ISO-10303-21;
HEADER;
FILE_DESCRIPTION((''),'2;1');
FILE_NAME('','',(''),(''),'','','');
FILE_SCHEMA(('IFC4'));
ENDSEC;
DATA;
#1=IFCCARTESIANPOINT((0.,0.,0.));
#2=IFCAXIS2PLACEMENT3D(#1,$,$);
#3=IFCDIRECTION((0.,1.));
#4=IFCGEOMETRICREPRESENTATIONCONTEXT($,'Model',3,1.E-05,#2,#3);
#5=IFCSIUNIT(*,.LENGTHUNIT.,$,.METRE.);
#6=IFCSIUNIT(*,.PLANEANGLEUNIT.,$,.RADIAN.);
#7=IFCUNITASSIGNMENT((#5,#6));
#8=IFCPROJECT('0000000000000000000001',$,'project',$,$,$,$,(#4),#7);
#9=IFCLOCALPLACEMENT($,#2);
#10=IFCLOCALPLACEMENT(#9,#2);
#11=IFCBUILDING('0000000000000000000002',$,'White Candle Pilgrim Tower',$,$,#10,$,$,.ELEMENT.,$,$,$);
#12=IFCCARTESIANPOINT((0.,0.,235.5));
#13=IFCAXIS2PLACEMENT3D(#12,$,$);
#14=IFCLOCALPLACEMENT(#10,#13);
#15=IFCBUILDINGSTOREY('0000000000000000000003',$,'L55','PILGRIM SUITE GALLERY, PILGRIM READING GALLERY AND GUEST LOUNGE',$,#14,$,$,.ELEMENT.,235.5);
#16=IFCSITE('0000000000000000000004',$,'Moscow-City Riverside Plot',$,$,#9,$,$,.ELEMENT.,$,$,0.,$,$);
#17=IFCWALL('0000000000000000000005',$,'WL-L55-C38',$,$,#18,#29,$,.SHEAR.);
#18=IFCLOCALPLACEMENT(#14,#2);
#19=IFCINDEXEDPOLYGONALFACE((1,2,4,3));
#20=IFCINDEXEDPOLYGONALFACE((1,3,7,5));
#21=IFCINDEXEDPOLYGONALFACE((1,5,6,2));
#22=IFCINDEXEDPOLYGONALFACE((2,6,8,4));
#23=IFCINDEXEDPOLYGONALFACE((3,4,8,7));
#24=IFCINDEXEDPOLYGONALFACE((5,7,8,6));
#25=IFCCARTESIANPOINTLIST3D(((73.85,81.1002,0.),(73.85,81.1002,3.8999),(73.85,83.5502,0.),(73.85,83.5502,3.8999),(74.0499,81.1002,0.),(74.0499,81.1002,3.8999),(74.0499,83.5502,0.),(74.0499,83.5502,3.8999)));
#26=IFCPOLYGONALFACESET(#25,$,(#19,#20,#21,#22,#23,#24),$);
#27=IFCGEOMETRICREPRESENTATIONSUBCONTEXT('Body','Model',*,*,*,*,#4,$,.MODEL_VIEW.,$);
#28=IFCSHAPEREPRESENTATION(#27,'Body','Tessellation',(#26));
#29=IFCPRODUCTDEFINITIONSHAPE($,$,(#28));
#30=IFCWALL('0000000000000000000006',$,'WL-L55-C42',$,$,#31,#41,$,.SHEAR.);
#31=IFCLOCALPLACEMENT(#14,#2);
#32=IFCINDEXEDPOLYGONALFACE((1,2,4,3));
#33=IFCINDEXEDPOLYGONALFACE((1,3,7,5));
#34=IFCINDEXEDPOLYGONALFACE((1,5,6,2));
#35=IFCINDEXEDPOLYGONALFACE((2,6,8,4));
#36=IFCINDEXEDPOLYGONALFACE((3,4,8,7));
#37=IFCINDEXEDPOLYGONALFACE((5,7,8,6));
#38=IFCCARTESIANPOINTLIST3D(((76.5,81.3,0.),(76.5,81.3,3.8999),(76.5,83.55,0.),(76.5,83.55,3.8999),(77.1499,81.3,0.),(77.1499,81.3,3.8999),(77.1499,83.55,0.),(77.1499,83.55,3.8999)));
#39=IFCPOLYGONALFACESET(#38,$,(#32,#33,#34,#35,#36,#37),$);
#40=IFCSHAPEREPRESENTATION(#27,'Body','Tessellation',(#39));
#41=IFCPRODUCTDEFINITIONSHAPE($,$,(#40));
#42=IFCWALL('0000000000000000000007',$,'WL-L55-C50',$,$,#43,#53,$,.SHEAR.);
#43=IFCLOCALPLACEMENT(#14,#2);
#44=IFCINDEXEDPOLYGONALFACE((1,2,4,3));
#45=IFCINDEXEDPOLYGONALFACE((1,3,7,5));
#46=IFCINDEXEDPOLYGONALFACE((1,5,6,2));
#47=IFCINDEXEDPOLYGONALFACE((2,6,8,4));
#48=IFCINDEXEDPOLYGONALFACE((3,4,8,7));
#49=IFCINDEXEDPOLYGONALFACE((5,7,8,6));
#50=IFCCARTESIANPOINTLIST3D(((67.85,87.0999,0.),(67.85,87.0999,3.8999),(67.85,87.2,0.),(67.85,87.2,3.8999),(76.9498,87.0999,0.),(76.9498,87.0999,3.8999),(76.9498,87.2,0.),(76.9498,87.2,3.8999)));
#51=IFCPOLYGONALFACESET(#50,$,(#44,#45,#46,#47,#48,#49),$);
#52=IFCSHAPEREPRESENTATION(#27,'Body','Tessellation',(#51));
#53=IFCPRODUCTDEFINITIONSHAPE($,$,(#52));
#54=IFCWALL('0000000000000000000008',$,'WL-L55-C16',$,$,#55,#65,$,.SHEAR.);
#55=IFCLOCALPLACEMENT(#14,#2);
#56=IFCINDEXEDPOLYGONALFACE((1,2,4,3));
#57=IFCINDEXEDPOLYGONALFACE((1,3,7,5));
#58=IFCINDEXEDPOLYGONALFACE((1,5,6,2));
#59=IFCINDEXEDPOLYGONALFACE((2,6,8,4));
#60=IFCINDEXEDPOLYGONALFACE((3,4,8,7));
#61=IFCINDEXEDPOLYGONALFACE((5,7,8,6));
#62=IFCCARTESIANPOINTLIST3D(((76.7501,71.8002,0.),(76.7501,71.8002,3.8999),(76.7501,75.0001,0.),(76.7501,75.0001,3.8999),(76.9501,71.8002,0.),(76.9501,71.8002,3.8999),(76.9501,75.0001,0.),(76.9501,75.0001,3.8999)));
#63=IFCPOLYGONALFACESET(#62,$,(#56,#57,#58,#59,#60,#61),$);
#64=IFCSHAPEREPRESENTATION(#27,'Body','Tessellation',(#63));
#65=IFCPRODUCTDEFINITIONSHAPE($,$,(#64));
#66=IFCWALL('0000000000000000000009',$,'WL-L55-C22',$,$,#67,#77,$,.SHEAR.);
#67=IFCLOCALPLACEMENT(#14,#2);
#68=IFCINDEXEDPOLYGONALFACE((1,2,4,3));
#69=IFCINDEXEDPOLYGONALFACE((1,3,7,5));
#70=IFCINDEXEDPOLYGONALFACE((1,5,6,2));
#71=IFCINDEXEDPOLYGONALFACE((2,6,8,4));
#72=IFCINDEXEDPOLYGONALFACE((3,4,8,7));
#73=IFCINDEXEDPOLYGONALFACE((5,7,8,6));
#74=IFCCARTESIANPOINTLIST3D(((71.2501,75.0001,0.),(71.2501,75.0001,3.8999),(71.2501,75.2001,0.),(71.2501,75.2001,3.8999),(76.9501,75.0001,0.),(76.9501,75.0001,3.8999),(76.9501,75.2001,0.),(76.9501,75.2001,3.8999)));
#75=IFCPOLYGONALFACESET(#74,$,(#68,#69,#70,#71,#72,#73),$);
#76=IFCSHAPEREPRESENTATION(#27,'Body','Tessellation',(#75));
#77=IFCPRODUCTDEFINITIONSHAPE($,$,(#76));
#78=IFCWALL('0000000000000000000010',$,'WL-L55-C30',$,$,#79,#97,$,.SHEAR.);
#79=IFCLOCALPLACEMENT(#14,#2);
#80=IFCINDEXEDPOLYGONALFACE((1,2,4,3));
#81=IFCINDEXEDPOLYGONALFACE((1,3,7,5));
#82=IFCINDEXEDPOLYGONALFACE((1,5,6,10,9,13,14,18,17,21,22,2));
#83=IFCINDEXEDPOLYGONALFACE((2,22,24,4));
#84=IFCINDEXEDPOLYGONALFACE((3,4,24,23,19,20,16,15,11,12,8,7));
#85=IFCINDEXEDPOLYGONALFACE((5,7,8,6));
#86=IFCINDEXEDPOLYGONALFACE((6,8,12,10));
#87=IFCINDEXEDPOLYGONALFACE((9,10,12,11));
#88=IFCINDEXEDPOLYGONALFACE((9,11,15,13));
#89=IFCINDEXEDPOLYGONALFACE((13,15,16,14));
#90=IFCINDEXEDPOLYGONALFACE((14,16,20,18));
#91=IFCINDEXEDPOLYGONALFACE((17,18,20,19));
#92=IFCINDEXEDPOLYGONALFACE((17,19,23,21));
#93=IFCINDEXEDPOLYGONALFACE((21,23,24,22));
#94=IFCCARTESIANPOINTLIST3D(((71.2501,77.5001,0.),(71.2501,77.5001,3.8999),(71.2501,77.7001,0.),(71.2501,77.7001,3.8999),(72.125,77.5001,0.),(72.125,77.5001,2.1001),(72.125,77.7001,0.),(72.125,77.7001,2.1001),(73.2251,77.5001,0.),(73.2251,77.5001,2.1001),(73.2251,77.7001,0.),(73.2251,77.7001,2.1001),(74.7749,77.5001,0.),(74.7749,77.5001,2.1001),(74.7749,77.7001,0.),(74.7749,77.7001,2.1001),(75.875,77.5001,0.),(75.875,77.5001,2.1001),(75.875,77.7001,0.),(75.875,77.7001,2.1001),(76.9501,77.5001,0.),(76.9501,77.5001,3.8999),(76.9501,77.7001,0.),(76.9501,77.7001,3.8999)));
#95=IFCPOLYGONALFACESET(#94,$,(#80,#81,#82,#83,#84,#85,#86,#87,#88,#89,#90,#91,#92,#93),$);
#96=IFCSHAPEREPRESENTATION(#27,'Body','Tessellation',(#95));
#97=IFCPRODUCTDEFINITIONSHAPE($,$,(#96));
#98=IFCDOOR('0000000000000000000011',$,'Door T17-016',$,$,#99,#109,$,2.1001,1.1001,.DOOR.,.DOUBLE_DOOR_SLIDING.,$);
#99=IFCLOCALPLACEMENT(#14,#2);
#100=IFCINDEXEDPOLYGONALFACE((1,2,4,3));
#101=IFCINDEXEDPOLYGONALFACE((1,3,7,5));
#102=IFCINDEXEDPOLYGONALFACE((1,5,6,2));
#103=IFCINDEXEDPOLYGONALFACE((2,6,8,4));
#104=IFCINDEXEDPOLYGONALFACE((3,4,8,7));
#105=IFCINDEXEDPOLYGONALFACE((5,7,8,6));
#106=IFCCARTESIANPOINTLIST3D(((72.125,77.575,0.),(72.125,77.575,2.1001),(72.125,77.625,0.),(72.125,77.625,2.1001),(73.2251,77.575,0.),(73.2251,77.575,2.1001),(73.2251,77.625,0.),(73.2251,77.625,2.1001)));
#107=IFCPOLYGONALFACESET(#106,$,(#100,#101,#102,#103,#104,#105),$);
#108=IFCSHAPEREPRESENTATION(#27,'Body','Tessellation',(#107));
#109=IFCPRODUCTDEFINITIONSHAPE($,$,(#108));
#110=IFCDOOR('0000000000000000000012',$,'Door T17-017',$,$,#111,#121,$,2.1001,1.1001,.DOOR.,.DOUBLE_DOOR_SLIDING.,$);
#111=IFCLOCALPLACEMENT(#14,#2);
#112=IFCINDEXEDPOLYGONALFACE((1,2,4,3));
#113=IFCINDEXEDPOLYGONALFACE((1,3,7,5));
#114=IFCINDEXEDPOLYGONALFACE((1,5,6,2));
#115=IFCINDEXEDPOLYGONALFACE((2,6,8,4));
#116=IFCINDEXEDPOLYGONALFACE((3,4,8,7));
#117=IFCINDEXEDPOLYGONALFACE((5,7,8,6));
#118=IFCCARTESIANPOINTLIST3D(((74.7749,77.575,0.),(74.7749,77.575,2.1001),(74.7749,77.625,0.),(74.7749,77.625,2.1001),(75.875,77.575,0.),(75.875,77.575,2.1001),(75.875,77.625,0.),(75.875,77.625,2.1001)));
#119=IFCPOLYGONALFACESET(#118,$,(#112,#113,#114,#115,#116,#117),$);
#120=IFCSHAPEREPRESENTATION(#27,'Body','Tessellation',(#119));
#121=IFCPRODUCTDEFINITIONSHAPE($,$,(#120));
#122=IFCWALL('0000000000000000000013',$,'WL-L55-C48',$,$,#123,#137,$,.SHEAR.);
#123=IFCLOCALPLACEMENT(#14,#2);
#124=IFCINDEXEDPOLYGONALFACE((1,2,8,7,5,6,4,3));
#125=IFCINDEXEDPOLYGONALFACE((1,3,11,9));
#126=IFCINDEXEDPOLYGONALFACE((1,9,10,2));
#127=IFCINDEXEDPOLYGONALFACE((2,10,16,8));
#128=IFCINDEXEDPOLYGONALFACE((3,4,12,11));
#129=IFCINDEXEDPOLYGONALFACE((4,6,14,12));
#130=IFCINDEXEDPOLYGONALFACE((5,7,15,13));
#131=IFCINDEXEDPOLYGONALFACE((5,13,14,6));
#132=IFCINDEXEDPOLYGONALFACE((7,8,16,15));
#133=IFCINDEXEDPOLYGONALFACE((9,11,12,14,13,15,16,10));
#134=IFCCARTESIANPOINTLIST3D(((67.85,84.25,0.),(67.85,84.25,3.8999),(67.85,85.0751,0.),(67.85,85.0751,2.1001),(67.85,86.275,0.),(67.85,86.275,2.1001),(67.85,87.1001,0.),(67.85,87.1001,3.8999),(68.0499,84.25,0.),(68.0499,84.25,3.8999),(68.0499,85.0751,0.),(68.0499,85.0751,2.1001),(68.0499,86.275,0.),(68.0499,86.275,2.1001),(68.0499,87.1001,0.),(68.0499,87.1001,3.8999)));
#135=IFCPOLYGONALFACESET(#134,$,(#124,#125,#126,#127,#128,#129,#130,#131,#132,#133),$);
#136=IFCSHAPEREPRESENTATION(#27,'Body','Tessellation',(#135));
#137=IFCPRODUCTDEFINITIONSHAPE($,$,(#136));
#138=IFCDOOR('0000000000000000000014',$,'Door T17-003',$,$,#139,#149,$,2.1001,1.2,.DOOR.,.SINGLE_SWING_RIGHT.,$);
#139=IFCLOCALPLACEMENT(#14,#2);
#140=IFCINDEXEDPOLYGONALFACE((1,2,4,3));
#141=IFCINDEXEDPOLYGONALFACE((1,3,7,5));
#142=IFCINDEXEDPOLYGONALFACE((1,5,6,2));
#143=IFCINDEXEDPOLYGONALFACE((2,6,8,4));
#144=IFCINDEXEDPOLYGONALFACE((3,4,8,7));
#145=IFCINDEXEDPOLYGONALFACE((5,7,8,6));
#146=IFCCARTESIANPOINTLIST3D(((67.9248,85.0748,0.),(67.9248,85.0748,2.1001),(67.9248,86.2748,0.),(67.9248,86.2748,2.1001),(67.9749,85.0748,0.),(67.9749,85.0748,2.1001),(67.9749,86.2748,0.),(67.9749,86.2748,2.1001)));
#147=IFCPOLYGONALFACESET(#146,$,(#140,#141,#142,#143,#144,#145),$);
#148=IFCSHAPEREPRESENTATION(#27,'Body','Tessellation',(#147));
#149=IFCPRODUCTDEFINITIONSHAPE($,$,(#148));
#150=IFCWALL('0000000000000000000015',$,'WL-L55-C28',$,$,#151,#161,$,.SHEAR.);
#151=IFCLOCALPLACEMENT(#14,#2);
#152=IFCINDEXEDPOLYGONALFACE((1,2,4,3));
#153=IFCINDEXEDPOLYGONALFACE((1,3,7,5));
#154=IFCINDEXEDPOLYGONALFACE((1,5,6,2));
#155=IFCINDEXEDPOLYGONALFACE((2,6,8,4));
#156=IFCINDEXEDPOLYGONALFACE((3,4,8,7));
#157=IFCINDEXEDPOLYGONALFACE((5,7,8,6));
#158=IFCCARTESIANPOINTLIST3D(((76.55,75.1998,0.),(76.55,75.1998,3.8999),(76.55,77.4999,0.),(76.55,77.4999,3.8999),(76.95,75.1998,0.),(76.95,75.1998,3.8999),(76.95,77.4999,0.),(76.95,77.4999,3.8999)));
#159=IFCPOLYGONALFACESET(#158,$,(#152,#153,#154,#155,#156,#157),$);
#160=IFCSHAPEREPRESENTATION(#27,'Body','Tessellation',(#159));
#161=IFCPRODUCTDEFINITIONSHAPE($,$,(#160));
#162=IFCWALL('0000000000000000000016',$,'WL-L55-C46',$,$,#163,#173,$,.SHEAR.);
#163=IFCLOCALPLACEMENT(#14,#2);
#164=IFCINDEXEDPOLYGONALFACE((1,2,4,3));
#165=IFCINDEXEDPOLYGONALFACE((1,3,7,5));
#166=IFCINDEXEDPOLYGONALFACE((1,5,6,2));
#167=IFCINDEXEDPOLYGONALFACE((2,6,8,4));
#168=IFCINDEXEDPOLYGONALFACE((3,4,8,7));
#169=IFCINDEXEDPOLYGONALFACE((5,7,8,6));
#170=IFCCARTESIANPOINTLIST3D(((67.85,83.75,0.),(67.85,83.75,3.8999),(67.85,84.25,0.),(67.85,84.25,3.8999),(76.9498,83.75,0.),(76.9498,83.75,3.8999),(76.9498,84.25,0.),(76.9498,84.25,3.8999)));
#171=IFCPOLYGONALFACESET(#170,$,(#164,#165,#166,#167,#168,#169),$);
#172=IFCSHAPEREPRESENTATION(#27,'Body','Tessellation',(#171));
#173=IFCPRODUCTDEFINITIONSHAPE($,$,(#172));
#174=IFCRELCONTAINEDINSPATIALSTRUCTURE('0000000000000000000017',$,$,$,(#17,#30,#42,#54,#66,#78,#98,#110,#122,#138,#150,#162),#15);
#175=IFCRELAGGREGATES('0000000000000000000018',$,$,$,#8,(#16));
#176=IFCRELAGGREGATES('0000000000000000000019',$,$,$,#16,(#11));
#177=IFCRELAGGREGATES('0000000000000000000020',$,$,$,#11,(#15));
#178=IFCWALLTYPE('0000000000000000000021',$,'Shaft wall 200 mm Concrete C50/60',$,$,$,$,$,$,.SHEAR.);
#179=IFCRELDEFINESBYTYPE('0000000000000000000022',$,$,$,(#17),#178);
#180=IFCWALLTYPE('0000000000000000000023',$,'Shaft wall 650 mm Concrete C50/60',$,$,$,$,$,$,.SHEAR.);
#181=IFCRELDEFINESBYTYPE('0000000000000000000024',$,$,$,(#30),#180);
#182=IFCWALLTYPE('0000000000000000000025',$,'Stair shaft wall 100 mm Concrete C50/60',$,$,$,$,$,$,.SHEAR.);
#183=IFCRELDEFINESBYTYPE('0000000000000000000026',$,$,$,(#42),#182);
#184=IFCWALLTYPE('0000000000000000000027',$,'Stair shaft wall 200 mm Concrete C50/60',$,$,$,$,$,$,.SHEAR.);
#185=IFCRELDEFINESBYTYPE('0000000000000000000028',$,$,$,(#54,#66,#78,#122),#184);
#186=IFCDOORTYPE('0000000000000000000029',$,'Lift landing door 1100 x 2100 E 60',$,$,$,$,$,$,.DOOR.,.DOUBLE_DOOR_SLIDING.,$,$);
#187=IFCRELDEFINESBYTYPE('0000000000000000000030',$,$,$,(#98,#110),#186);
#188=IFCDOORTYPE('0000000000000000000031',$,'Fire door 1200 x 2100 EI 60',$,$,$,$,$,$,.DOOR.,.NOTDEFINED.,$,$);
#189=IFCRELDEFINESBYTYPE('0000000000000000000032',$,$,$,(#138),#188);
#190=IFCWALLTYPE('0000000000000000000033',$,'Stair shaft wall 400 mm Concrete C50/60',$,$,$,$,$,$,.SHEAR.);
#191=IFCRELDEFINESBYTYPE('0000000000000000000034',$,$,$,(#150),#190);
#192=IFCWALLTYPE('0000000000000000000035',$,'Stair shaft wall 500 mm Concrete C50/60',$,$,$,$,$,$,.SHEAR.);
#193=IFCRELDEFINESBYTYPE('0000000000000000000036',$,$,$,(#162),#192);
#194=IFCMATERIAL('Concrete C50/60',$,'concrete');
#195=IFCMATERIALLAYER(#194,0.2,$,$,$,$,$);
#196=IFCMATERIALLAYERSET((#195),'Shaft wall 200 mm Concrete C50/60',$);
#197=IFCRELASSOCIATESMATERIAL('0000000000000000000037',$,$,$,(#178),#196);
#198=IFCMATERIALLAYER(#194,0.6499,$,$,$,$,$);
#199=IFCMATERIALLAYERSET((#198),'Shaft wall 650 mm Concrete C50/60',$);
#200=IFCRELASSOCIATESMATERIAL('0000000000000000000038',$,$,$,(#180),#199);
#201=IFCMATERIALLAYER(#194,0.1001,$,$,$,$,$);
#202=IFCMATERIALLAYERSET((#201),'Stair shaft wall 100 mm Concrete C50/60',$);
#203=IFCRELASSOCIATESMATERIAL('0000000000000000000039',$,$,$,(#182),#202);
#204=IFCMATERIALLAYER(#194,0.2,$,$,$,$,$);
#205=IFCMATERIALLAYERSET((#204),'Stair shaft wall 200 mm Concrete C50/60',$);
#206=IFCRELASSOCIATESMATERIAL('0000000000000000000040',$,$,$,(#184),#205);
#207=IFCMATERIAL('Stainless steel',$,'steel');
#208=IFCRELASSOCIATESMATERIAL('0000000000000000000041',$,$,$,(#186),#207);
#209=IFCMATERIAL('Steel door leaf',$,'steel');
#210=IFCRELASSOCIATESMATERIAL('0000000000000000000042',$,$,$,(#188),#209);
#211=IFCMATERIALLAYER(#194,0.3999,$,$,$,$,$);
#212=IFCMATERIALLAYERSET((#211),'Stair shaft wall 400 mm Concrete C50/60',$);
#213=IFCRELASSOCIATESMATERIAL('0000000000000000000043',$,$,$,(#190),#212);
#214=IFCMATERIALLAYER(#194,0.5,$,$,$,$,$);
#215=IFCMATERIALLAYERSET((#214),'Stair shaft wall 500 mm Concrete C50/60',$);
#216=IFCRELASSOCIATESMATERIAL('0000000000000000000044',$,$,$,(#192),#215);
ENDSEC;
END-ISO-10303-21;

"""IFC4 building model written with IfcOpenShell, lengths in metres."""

from ifc_helpers import new_model, si_unit, direction, frame, frame_2d, origin, place, context, subcontext, project, spatial, rectangle, extrude, material, layer, layer_set, type_object, element, fill, save


model = new_model("IFC4")

# Units and contexts
model_context = context("Model", 3, precision=1e-05, world=origin(), true_north=direction((0.0, 1.0)))
body_context = subcontext(model_context, "Body", "Model", "MODEL_VIEW")
ifc_project = project(units=[si_unit("LENGTHUNIT", "METRE"), si_unit("PLANEANGLEUNIT", "RADIAN")], contexts=[model_context])

# Site, building, storey
site_placement = place(None, origin())
site = spatial("IfcSite", under=ifc_project, at=site_placement, Name="Moscow-City Riverside Plot", CompositionType="ELEMENT", RefElevation=0.0)
building_placement = place(site_placement, origin())
building = spatial("IfcBuilding", under=site, at=building_placement, Name="White Candle Pilgrim Tower", CompositionType="ELEMENT")
storey_placement = place(building_placement, frame((0.0, 0.0, 235.5)))
storey = spatial("IfcBuildingStorey", under=building, at=storey_placement, Name="L55", Description="PILGRIM SUITE GALLERY, PILGRIM READING GALLERY AND GUEST LOUNGE", CompositionType="ELEMENT", Elevation=235.5)

# Shared definitions
ifc_material_1 = material(Name="Concrete C50/60", Category="concrete")

# Shared definitions
ifc_material_2 = material(Name="Steel door leaf", Category="steel")

# Walls
ifc_layer_1 = layer(ifc_material_1, 0.2)
ifc_layer_set_1 = layer_set([ifc_layer_1], Name="Shaft wall 200 mm Concrete C50/60")
wall_type_1 = type_object("IfcWallType", Name="Shaft wall 200 mm Concrete C50/60", PredefinedType="SHEAR", material=ifc_layer_set_1)
for number, where, z_axis, x_axis, name in (
    (1, (73.95, 81.1001, 0.0), (0.0, 0.0, 1.0), (0.0, 1.0, 0.0), "WL-L55-C38"),
):
    element("IfcWall", number, at=place(storey_placement, frame(where, z_axis=z_axis, x_axis=x_axis)), inside=storey, type_object=wall_type_1, Name=name, PredefinedType="SHEAR", context=body_context, shape_type="SweptSolid", body=[
        extrude(rectangle(XDim=2.45, YDim=0.2, at=frame_2d((1.2251, 0.0))), origin(), (0.0, 0.0, 1.0), 3.8999),
    ])
ifc_layer_2 = layer(ifc_material_1, 0.6499)
ifc_layer_set_2 = layer_set([ifc_layer_2], Name="Shaft wall 650 mm Concrete C50/60")
wall_type_2 = type_object("IfcWallType", Name="Shaft wall 650 mm Concrete C50/60", PredefinedType="SHEAR", material=ifc_layer_set_2)
wall_1_placement = place(storey_placement, frame((76.825, 81.3, 0.0), z_axis=(0.0, 0.0, 1.0), x_axis=(0.0, 1.0, 0.0)))
element("IfcWall", 2, at=wall_1_placement, inside=storey, type_object=wall_type_2, Name="WL-L55-C42", PredefinedType="SHEAR", context=body_context, shape_type="SweptSolid", body=[
    extrude(rectangle(XDim=2.25, YDim=0.6499, at=frame_2d((1.125, 0.0))), origin(), (0.0, 0.0, 1.0), 3.8999),
])
ifc_layer_3 = layer(ifc_material_1, 0.1001)
ifc_layer_set_3 = layer_set([ifc_layer_3], Name="Stair shaft wall 100 mm Concrete C50/60")
wall_type_3 = type_object("IfcWallType", Name="Stair shaft wall 100 mm Concrete C50/60", PredefinedType="SHEAR", material=ifc_layer_set_3)
wall_2_placement = place(storey_placement, frame((67.8501, 87.1499, 0.0), z_axis=(0.0, 0.0, 1.0), x_axis=(1.0, 0.0, 0.0)))
element("IfcWall", 3, at=wall_2_placement, inside=storey, type_object=wall_type_3, Name="WL-L55-C50", PredefinedType="SHEAR", context=body_context, shape_type="SweptSolid", body=[
    extrude(rectangle(XDim=9.0999, YDim=0.1001, at=frame_2d((4.5498, 0.0))), origin(), (0.0, 0.0, 1.0), 3.8999),
])
ifc_layer_4 = layer(ifc_material_1, 0.2)
ifc_layer_set_4 = layer_set([ifc_layer_4], Name="Stair shaft wall 200 mm Concrete C50/60")
wall_type_4 = type_object("IfcWallType", Name="Stair shaft wall 200 mm Concrete C50/60", PredefinedType="SHEAR", material=ifc_layer_set_4)
wall_3_placement = place(storey_placement, frame((76.8501, 71.8, 0.0), z_axis=(0.0, 0.0, 1.0), x_axis=(0.0, 1.0, 0.0)))
element("IfcWall", 4, at=wall_3_placement, inside=storey, type_object=wall_type_4, Name="WL-L55-C16", PredefinedType="SHEAR", context=body_context, shape_type="SweptSolid", body=[
    extrude(rectangle(XDim=3.2, YDim=0.2, at=frame_2d((1.6001, 0.0))), origin(), (0.0, 0.0, 1.0), 3.8999),
])
wall_4_placement = place(storey_placement, frame((71.25, 75.1001, 0.0), z_axis=(0.0, 0.0, 1.0), x_axis=(1.0, 0.0, 0.0)))
element("IfcWall", 5, at=wall_4_placement, inside=storey, type_object=wall_type_4, Name="WL-L55-C22", PredefinedType="SHEAR", context=body_context, shape_type="SweptSolid", body=[
    extrude(rectangle(XDim=5.7, YDim=0.2, at=frame_2d((2.8501, 0.0))), origin(), (0.0, 0.0, 1.0), 3.8999),
])

# Wall, openings, doors
wall_5_placement = place(storey_placement, frame((71.25, 77.6001, 0.0), z_axis=(0.0, 0.0, 1.0), x_axis=(1.0, 0.0, 0.0)))
wall_5 = element("IfcWall", 6, at=wall_5_placement, inside=storey, type_object=wall_type_4, Name="WL-L55-C30", PredefinedType="SHEAR", context=body_context, shape_type="SweptSolid", body=[
    extrude(rectangle(XDim=5.7, YDim=0.2, at=frame_2d((2.8501, 0.0))), origin(), (0.0, 0.0, 1.0), 3.8999),
])
opening_1_placement = place(wall_5_placement, frame((0.875, 0.0, 0.0)))
opening_1 = element("IfcOpeningElement", 7, at=opening_1_placement, cuts=wall_5, PredefinedType="OPENING", context=body_context, shape_type="SweptSolid", body=[
    extrude(rectangle(XDim=1.1001, YDim=2.1001, at=frame_2d((0.55, 1.05))), frame((0.0, 0.1099, 0.0), z_axis=(0.0, -1.0, 0.0), x_axis=(1.0, 0.0, 0.0)), (0.0, 0.0, 1.0), 0.22),
])
opening_2_placement = place(wall_5_placement, frame((3.5249, 0.0, 0.0)))
opening_2 = element("IfcOpeningElement", 8, at=opening_2_placement, cuts=wall_5, PredefinedType="OPENING", context=body_context, shape_type="SweptSolid", body=[
    extrude(rectangle(XDim=1.1001, YDim=2.1001, at=frame_2d((0.55, 1.05))), frame((0.0, 0.1099, 0.0), z_axis=(0.0, -1.0, 0.0), x_axis=(1.0, 0.0, 0.0)), (0.0, 0.0, 1.0), 0.22),
])
ifc_material_3 = material(Name="Stainless steel", Category="steel")
door_type_1 = type_object("IfcDoorType", Name="Lift landing door 1100 x 2100 E 60", OperationType="DOUBLE_DOOR_SLIDING", PredefinedType="DOOR", material=ifc_material_3)
door_1_placement = place(opening_1_placement, origin())
door_1 = element("IfcDoor", 9, at=door_1_placement, inside=storey, type_object=door_type_1, Name="Door T17-016", OperationType="DOUBLE_DOOR_SLIDING", OverallHeight=2.1001, OverallWidth=1.1001, PredefinedType="DOOR", context=body_context, shape_type="SweptSolid", body=[
    extrude(rectangle(XDim=1.1001, YDim=2.1001, at=frame_2d((0.55, 1.05))), frame((0.0, 0.0249, 0.0), z_axis=(0.0, -1.0, 0.0), x_axis=(1.0, 0.0, 0.0)), (0.0, 0.0, 1.0), 0.05),
])
fill(opening_1, door_1)
door_2_placement = place(opening_2_placement, origin())
door_2 = element("IfcDoor", 10, at=door_2_placement, inside=storey, type_object=door_type_1, Name="Door T17-017", OperationType="DOUBLE_DOOR_SLIDING", OverallHeight=2.1001, OverallWidth=1.1001, PredefinedType="DOOR", context=body_context, shape_type="SweptSolid", body=[
    extrude(rectangle(XDim=1.1001, YDim=2.1001, at=frame_2d((0.55, 1.05))), frame((0.0, 0.0249, 0.0), z_axis=(0.0, -1.0, 0.0), x_axis=(1.0, 0.0, 0.0)), (0.0, 0.0, 1.0), 0.05),
])
fill(opening_2, door_2)

# Wall, opening, door
wall_6_placement = place(storey_placement, frame((67.95, 84.25, 0.0), z_axis=(0.0, 0.0, 1.0), x_axis=(0.0, 1.0, 0.0)))
wall_6 = element("IfcWall", 11, at=wall_6_placement, inside=storey, type_object=wall_type_4, Name="WL-L55-C48", PredefinedType="SHEAR", context=body_context, shape_type="SweptSolid", body=[
    extrude(rectangle(XDim=2.8501, YDim=0.2, at=frame_2d((1.425, 0.0))), origin(), (0.0, 0.0, 1.0), 3.8999),
])
opening_3_placement = place(wall_6_placement, frame((0.825, 0.0, 0.0)))
opening_3 = element("IfcOpeningElement", 12, at=opening_3_placement, cuts=wall_6, PredefinedType="OPENING", context=body_context, shape_type="SweptSolid", body=[
    extrude(rectangle(XDim=1.2, YDim=2.1001, at=frame_2d((0.6001, 1.05))), frame((0.0, 0.1099, 0.0), z_axis=(0.0, -1.0, 0.0), x_axis=(1.0, 0.0, 0.0)), (0.0, 0.0, 1.0), 0.22),
])
door_type_2 = type_object("IfcDoorType", Name="Fire door 1200 x 2100 EI 60", OperationType="NOTDEFINED", PredefinedType="DOOR", material=ifc_material_2)
door_3_placement = place(opening_3_placement, frame((1.2, 0.0, 0.0), z_axis=(0.0, 0.0, 1.0), x_axis=(-1.0, 0.0, 0.0)))
door_3 = element("IfcDoor", 13, at=door_3_placement, inside=storey, type_object=door_type_2, Name="Door T17-003", OperationType="SINGLE_SWING_RIGHT", OverallHeight=2.1001, OverallWidth=1.2, PredefinedType="DOOR", context=body_context, shape_type="SweptSolid", body=[
    extrude(rectangle(XDim=1.2, YDim=2.1001, at=frame_2d((0.6001, 1.05))), frame((0.0, 0.0249, 0.0), z_axis=(0.0, -1.0, 0.0), x_axis=(1.0, 0.0, 0.0)), (0.0, 0.0, 1.0), 0.05),
])
fill(opening_3, door_3)

# Walls
ifc_layer_5 = layer(ifc_material_1, 0.3999)
ifc_layer_set_5 = layer_set([ifc_layer_5], Name="Stair shaft wall 400 mm Concrete C50/60")
wall_type_5 = type_object("IfcWallType", Name="Stair shaft wall 400 mm Concrete C50/60", PredefinedType="SHEAR", material=ifc_layer_set_5)
wall_7_placement = place(storey_placement, frame((76.75, 75.2, 0.0), z_axis=(0.0, 0.0, 1.0), x_axis=(0.0, 1.0, 0.0)))
element("IfcWall", 14, at=wall_7_placement, inside=storey, type_object=wall_type_5, Name="WL-L55-C28", PredefinedType="SHEAR", context=body_context, shape_type="SweptSolid", body=[
    extrude(rectangle(XDim=2.3, YDim=0.3999, at=frame_2d((1.1499, 0.0))), origin(), (0.0, 0.0, 1.0), 3.8999),
])
ifc_layer_6 = layer(ifc_material_1, 0.5)
ifc_layer_set_6 = layer_set([ifc_layer_6], Name="Stair shaft wall 500 mm Concrete C50/60")
wall_type_6 = type_object("IfcWallType", Name="Stair shaft wall 500 mm Concrete C50/60", PredefinedType="SHEAR", material=ifc_layer_set_6)
wall_8_placement = place(storey_placement, frame((67.8501, 84.0, 0.0), z_axis=(0.0, 0.0, 1.0), x_axis=(1.0, 0.0, 0.0)))
element("IfcWall", 15, at=wall_8_placement, inside=storey, type_object=wall_type_6, Name="WL-L55-C46", PredefinedType="SHEAR", context=body_context, shape_type="SweptSolid", body=[
    extrude(rectangle(XDim=9.0999, YDim=0.5, at=frame_2d((4.5498, 0.0))), origin(), (0.0, 0.0, 1.0), 3.8999),
])

save(model, "model.ifc")
